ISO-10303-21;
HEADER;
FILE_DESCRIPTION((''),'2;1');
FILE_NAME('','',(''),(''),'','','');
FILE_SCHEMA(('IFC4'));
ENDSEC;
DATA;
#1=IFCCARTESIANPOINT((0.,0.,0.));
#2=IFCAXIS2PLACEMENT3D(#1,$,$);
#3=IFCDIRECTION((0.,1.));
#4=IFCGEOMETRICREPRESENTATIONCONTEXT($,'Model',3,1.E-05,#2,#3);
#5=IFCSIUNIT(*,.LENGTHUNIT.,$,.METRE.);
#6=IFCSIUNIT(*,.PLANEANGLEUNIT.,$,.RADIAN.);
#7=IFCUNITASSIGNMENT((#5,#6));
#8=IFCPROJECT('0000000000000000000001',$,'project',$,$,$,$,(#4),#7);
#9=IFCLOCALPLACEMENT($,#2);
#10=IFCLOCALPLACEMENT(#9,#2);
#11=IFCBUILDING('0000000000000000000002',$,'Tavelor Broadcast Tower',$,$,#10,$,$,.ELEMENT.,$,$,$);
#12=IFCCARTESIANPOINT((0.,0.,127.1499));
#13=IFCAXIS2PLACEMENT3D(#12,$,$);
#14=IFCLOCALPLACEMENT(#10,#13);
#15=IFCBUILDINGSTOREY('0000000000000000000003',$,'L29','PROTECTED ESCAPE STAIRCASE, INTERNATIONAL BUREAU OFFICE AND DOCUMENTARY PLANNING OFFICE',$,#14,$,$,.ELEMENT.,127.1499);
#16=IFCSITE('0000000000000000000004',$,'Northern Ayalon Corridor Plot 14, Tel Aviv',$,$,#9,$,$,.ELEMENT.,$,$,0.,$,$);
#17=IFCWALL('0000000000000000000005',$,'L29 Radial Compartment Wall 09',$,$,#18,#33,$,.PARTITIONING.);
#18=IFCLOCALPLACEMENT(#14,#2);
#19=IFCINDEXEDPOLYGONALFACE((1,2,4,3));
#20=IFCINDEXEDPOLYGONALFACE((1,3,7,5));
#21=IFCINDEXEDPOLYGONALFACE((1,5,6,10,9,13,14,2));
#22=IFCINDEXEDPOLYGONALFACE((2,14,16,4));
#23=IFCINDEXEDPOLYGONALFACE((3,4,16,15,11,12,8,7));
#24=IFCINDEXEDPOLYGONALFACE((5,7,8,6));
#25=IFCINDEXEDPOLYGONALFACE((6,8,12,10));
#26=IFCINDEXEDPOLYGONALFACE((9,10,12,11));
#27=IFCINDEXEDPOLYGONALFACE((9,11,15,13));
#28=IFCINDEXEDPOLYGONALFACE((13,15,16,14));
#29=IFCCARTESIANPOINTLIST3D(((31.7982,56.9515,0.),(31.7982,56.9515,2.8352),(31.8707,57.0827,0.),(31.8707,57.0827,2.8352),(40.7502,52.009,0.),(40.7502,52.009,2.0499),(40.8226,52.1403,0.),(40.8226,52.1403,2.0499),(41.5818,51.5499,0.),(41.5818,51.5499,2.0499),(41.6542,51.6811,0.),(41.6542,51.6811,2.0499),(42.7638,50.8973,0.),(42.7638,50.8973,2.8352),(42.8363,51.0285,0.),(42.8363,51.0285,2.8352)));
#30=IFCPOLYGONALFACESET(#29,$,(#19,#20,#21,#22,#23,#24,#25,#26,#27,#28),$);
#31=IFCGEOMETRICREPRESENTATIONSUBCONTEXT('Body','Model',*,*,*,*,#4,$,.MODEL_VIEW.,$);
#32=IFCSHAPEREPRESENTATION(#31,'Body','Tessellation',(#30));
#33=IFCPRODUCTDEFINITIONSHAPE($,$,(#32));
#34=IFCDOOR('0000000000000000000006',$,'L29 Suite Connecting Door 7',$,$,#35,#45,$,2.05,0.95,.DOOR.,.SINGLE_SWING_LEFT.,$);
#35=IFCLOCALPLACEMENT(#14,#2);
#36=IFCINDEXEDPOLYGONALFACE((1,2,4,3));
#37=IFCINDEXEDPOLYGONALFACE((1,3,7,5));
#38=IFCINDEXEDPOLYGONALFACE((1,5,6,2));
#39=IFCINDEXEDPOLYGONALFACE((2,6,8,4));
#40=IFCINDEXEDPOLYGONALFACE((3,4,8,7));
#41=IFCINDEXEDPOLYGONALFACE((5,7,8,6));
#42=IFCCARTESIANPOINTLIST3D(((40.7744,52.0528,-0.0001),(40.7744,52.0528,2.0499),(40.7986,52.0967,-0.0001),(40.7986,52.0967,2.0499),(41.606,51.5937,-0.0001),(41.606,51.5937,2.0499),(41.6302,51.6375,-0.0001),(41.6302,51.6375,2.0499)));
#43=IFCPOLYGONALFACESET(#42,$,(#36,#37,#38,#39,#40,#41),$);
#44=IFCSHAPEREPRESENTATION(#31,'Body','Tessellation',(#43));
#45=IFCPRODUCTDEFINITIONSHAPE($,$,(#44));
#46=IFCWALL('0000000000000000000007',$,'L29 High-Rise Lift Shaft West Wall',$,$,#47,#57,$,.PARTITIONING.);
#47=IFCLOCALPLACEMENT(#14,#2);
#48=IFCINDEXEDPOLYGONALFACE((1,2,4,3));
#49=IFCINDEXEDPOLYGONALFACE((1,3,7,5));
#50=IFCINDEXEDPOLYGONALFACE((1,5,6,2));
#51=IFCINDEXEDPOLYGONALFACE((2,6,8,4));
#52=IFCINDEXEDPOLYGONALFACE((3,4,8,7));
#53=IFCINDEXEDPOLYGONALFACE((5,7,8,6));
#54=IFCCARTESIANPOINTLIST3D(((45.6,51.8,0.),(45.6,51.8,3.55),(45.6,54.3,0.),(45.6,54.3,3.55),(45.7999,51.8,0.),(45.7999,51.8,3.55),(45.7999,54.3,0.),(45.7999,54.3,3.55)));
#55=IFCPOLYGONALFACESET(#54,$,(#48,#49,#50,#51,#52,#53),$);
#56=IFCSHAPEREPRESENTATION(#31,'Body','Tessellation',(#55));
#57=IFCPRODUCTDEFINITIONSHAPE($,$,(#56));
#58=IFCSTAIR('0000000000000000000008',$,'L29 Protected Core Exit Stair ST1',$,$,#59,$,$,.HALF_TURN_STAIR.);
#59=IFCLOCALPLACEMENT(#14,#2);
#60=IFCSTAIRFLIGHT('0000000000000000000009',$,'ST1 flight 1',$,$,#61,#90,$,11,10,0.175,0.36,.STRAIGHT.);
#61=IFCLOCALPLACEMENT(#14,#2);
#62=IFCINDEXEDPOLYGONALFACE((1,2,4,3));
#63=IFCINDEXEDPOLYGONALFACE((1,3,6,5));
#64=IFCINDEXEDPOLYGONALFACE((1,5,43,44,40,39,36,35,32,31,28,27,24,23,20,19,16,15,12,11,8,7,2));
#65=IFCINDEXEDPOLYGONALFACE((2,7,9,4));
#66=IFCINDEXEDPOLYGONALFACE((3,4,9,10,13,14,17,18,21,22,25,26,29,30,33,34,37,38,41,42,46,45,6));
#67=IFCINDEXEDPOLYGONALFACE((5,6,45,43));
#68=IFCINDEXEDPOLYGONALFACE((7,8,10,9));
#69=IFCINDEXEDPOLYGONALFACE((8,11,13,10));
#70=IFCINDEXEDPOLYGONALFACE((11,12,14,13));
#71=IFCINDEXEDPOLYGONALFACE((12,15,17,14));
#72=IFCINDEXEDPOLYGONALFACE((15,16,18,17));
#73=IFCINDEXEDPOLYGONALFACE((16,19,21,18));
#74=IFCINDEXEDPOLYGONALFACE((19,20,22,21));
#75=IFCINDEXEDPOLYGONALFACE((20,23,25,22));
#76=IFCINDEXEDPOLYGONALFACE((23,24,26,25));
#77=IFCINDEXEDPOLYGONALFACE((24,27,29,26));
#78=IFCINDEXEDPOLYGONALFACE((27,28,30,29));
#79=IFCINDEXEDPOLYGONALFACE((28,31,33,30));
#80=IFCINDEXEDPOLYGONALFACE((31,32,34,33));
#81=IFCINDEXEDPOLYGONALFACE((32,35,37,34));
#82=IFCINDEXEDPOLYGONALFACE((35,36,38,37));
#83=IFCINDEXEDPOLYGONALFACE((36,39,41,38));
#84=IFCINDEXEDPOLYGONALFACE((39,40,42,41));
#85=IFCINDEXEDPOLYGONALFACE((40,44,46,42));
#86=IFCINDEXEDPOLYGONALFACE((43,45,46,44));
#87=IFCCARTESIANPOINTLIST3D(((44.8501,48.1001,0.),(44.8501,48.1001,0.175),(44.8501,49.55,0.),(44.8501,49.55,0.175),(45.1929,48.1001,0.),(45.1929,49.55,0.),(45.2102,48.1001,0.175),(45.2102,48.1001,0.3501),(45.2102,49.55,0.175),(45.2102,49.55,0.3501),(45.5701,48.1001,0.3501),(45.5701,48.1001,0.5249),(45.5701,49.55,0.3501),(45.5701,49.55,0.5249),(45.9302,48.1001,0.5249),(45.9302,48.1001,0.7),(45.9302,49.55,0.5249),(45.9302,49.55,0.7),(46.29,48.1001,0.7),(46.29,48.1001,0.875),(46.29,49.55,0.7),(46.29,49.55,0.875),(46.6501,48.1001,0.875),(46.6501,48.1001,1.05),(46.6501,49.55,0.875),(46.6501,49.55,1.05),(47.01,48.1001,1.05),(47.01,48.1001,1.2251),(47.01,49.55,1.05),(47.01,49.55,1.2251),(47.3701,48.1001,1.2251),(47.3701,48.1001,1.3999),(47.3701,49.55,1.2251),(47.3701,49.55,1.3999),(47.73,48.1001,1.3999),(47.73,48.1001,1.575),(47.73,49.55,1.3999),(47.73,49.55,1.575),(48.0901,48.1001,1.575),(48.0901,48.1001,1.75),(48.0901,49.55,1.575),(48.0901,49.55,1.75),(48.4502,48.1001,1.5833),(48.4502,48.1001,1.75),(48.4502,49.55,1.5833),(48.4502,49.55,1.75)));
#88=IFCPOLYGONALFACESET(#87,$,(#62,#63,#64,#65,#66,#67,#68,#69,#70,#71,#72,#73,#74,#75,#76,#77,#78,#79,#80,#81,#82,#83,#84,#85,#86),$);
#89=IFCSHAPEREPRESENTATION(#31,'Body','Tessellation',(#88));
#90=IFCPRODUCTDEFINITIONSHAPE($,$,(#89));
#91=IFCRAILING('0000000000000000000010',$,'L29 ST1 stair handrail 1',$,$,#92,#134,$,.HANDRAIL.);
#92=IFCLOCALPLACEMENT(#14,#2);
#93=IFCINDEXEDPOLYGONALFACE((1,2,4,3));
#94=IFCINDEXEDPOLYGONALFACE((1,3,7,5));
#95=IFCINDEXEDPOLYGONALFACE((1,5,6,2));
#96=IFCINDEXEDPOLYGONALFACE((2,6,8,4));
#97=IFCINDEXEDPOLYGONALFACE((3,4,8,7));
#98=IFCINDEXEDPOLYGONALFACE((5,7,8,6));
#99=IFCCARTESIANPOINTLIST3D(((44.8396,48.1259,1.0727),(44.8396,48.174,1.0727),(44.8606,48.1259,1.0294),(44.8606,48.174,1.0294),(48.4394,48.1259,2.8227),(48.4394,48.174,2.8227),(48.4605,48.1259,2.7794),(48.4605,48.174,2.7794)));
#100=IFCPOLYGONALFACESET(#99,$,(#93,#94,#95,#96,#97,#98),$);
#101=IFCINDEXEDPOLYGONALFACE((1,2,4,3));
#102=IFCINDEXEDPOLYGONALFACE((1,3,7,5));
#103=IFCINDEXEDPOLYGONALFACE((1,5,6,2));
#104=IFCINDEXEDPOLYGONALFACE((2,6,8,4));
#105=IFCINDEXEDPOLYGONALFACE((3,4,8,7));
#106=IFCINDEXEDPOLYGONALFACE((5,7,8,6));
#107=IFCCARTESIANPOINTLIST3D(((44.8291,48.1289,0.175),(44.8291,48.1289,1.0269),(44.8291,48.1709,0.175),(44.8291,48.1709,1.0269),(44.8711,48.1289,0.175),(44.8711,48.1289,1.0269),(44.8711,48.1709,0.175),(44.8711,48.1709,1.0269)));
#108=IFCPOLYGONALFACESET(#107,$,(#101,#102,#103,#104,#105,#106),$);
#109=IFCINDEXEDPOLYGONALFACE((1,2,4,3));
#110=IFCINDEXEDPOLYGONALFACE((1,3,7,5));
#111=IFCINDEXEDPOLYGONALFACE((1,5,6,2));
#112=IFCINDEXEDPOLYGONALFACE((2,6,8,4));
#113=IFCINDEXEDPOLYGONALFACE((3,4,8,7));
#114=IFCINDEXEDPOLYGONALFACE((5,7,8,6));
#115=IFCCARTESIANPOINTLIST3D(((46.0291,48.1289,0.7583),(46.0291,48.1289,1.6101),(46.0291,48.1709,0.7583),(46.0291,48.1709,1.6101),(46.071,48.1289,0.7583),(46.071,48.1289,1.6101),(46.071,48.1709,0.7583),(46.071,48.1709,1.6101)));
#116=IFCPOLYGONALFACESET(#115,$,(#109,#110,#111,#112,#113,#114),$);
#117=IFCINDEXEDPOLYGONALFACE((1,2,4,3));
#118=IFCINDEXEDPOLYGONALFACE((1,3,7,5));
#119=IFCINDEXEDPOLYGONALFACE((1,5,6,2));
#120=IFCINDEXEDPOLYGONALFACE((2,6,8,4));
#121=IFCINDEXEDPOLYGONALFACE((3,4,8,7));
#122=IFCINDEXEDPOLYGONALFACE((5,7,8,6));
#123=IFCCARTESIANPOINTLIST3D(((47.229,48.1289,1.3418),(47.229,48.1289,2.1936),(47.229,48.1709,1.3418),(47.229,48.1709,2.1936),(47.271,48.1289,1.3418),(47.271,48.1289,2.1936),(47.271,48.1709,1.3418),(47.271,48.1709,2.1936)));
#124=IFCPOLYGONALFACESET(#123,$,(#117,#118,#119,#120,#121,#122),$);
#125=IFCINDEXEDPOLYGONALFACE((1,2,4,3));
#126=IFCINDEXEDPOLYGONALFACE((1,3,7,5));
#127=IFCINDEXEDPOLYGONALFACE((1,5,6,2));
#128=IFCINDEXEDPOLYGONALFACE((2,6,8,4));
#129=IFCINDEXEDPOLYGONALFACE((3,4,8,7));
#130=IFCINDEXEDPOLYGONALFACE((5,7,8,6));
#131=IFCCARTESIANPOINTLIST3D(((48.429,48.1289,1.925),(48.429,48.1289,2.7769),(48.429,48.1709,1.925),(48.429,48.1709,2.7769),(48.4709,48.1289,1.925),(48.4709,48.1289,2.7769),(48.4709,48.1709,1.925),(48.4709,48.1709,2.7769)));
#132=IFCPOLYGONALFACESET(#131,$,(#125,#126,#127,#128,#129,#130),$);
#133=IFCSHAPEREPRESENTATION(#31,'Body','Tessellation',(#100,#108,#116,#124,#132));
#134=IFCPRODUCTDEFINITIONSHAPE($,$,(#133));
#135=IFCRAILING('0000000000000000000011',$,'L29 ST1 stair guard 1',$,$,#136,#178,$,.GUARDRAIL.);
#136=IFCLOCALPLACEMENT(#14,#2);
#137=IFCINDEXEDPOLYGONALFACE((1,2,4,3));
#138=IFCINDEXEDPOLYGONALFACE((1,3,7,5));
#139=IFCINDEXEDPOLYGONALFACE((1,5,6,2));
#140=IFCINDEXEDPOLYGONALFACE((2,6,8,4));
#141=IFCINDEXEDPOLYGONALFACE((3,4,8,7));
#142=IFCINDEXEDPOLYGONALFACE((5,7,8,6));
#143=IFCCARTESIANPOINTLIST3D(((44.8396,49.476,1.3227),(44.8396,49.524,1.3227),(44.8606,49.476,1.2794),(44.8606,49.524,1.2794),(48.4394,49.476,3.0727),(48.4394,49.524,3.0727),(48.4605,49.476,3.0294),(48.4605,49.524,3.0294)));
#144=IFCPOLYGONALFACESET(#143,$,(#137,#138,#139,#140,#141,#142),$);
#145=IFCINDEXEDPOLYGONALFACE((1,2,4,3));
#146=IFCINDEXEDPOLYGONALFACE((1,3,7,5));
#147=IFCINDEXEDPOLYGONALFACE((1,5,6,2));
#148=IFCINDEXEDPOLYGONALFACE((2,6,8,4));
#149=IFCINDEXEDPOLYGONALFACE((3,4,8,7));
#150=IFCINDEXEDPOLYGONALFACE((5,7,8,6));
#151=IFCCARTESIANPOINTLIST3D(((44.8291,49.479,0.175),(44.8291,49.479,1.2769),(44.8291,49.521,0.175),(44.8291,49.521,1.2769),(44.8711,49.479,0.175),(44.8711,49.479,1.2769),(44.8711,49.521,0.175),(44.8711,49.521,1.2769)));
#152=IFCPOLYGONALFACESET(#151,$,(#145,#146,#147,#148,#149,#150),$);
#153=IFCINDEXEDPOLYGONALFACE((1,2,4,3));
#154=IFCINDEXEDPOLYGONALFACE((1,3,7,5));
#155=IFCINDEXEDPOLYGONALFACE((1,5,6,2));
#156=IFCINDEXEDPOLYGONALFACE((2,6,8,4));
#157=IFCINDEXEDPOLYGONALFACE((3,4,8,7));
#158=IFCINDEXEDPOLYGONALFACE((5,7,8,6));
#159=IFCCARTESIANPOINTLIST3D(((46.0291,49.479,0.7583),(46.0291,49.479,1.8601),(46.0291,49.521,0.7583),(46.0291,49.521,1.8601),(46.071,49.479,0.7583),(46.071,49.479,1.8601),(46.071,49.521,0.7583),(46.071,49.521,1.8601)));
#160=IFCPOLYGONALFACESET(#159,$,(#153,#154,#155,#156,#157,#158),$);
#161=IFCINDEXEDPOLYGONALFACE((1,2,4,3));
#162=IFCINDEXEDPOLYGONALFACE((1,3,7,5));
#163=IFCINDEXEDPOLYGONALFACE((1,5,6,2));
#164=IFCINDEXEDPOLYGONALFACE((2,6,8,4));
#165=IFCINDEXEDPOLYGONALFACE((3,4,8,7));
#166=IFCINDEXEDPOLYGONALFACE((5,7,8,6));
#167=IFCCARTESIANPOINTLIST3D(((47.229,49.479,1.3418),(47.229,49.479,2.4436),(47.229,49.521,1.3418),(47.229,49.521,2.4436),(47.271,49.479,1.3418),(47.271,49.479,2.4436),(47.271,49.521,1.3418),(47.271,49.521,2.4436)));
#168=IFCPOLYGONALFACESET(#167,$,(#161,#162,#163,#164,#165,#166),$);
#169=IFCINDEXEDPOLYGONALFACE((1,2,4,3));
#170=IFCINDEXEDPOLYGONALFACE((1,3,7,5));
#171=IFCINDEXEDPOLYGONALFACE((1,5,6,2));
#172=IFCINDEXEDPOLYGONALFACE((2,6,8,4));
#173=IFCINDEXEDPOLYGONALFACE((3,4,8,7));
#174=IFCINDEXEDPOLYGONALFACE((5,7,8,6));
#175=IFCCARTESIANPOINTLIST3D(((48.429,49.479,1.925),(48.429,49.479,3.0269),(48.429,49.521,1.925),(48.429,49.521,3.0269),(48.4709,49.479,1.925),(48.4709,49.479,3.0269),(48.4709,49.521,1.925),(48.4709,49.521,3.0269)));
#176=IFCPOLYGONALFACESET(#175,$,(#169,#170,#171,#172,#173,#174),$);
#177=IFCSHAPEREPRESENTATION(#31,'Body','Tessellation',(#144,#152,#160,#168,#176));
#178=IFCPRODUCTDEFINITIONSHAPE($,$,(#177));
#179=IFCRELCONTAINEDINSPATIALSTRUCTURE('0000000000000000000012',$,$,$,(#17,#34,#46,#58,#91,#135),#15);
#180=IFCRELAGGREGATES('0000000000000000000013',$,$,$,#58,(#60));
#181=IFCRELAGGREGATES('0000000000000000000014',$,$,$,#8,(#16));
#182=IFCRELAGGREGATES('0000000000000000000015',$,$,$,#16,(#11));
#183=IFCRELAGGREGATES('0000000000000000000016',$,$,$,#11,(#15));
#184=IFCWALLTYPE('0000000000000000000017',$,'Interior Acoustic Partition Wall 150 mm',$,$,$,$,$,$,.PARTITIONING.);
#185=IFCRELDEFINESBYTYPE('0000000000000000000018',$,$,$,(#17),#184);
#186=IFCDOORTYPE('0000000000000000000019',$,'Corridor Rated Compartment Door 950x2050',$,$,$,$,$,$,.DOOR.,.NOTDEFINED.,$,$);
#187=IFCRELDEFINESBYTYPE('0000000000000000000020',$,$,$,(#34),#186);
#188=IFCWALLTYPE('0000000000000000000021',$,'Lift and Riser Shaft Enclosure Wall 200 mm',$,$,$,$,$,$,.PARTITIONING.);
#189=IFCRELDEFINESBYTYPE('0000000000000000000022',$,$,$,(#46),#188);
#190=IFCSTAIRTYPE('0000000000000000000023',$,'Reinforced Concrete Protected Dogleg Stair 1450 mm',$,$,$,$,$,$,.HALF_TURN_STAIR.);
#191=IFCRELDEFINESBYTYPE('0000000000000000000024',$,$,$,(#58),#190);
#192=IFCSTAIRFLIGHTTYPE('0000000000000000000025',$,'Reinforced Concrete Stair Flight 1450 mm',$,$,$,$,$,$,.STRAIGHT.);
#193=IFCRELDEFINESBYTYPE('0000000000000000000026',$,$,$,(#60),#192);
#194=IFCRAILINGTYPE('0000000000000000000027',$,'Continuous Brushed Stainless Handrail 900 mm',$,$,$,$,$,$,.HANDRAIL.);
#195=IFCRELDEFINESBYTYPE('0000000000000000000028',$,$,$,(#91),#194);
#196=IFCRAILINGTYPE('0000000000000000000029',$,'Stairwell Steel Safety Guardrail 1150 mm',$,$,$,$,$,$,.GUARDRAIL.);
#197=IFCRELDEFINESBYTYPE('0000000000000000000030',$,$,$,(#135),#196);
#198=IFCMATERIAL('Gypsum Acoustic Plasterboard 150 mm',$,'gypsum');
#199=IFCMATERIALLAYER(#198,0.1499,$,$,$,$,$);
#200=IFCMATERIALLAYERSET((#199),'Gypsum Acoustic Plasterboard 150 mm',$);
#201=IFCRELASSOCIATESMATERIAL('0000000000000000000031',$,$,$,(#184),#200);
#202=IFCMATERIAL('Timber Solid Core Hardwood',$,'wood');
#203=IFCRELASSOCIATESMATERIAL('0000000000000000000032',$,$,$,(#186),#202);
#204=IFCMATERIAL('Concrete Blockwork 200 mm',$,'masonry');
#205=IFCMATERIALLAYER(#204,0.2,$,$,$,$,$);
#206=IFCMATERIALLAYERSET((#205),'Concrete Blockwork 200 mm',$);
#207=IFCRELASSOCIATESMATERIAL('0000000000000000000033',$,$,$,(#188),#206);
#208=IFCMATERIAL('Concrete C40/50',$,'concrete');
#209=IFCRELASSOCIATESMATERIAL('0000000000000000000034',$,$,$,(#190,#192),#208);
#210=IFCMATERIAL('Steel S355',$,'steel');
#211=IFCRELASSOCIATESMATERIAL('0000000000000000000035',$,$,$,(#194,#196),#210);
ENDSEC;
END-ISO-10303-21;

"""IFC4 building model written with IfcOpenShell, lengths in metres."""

from ifc_helpers import new_model, si_unit, direction, frame, frame_2d, origin, origin_2d, place, context, subcontext, project, spatial, polyline, rectangle, outline, extrude, material, layer, layer_set, type_object, element, fill, aggregate, save


model = new_model("IFC4")

# Units and contexts
model_context = context("Model", 3, precision=1e-05, world=origin(), true_north=direction((0.0, 1.0)))
body_context = subcontext(model_context, "Body", "Model", "MODEL_VIEW")
ifc_project = project(units=[si_unit("LENGTHUNIT", "METRE"), si_unit("PLANEANGLEUNIT", "RADIAN")], contexts=[model_context])

# Site, building, storey
site_placement = place(None, origin())
site = spatial("IfcSite", under=ifc_project, at=site_placement, Name="Northern Ayalon Corridor Plot 14, Tel Aviv", CompositionType="ELEMENT", RefElevation=0.0)
building_placement = place(site_placement, origin())
building = spatial("IfcBuilding", under=site, at=building_placement, Name="Tavelor Broadcast Tower", CompositionType="ELEMENT")
storey_placement = place(building_placement, frame((0.0, 0.0, 127.1499)))
storey = spatial("IfcBuildingStorey", under=building, at=storey_placement, Name="L29", Description="PROTECTED ESCAPE STAIRCASE, INTERNATIONAL BUREAU OFFICE AND DOCUMENTARY PLANNING OFFICE", CompositionType="ELEMENT", Elevation=127.1499)

# Shared definitions
ifc_material_1 = material(Name="Steel S355", Category="steel")

# Wall, opening, door
ifc_material_2 = material(Name="Gypsum Acoustic Plasterboard 150 mm", Category="gypsum")
ifc_layer_1 = layer(ifc_material_2, 0.1499)
ifc_layer_set_1 = layer_set([ifc_layer_1], Name="Gypsum Acoustic Plasterboard 150 mm")
wall_type_1 = type_object("IfcWallType", Name="Interior Acoustic Partition Wall 150 mm", PredefinedType="PARTITIONING", material=ifc_layer_set_1)
wall_1_placement = place(storey_placement, frame((42.8, 50.9629, 0.0), z_axis=(0.0, 0.0, 1.0), x_axis=(-0.875435, 0.483336, 0.0)))
wall_1 = element("IfcWall", 1, at=wall_1_placement, inside=storey, type_object=wall_type_1, Name="L29 Radial Compartment Wall 09", PredefinedType="PARTITIONING", context=body_context, shape_type="SweptSolid", body=[
    extrude(rectangle(XDim=12.5259, YDim=0.1499, at=frame_2d((6.2629, 0.0))), origin(), (0.0, 0.0, 1.0), 2.8352),
])
opening_1_placement = place(wall_1_placement, frame((1.3501, 0.0, 0.0)))
opening_1 = element("IfcOpeningElement", 2, at=opening_1_placement, cuts=wall_1, PredefinedType="OPENING", context=body_context, shape_type="SweptSolid", body=[
    extrude(rectangle(XDim=0.95, YDim=2.05, at=frame_2d((0.4751, 1.0249))), frame((0.0, 0.085, 0.0), z_axis=(0.0, -1.0, 0.0), x_axis=(1.0, 0.0, 0.0)), (0.0, 0.0, 1.0), 0.1699),
])
ifc_material_3 = material(Name="Timber Solid Core Hardwood", Category="wood")
door_type_1 = type_object("IfcDoorType", Name="Corridor Rated Compartment Door 950x2050", OperationType="NOTDEFINED", PredefinedType="DOOR", material=ifc_material_3)
door_1_placement = place(opening_1_placement, origin())
door_1 = element("IfcDoor", 3, at=door_1_placement, inside=storey, type_object=door_type_1, Name="L29 Suite Connecting Door 7", OperationType="SINGLE_SWING_LEFT", OverallHeight=2.05, OverallWidth=0.95, PredefinedType="DOOR", context=body_context, shape_type="SweptSolid", body=[
    extrude(rectangle(XDim=0.95, YDim=2.05, at=frame_2d((0.4751, 1.0249))), frame((0.0, 0.0249, 0.0), z_axis=(0.0, -1.0, 0.0), x_axis=(1.0, 0.0, 0.0)), (0.0, 0.0, 1.0), 0.05),
])
fill(opening_1, door_1)

# Wall
ifc_material_4 = material(Name="Concrete Blockwork 200 mm", Category="masonry")
ifc_layer_2 = layer(ifc_material_4, 0.2)
ifc_layer_set_2 = layer_set([ifc_layer_2], Name="Concrete Blockwork 200 mm")
wall_type_2 = type_object("IfcWallType", Name="Lift and Riser Shaft Enclosure Wall 200 mm", PredefinedType="PARTITIONING", material=ifc_layer_set_2)
wall_2_placement = place(storey_placement, frame((45.7, 51.8, 0.0), z_axis=(0.0, 0.0, 1.0), x_axis=(0.0, 1.0, 0.0)))
element("IfcWall", 4, at=wall_2_placement, inside=storey, type_object=wall_type_2, Name="L29 High-Rise Lift Shaft West Wall", PredefinedType="PARTITIONING", context=body_context, shape_type="SweptSolid", body=[
    extrude(rectangle(XDim=2.5, YDim=0.2, at=frame_2d((1.25, 0.0))), origin(), (0.0, 0.0, 1.0), 3.55),
])

# Stair, stair flight
ifc_material_5 = material(Name="Concrete C40/50", Category="concrete")
stair_type = type_object("IfcStairType", Name="Reinforced Concrete Protected Dogleg Stair 1450 mm", PredefinedType="HALF_TURN_STAIR", material=ifc_material_5)
stair_placement = place(storey_placement, origin())
stair = element("IfcStair", 5, at=stair_placement, inside=storey, type_object=stair_type, Name="L29 Protected Core Exit Stair ST1", PredefinedType="HALF_TURN_STAIR")
stair_flight_type = type_object("IfcStairFlightType", Name="Reinforced Concrete Stair Flight 1450 mm", PredefinedType="STRAIGHT", material=ifc_material_5)
stair_flight_placement = place(storey_placement, frame((44.8501, 48.825, 0.0), z_axis=(0.0, 0.0, 1.0), x_axis=(1.0, 0.0, 0.0)))
stair_flight = element("IfcStairFlight", 6, at=stair_flight_placement, type_object=stair_flight_type, Name="ST1 flight 1", NumberOfRisers=11, NumberOfTreads=10, PredefinedType="STRAIGHT", RiserHeight=0.175, TreadLength=0.36, context=body_context, shape_type="SweptSolid", body=[
    extrude(outline(polyline([(0.0, 0.0), (0.0, 0.175), (0.3601, 0.175), (0.3601, 0.3501), (0.72, 0.3501), (0.72, 0.5249), (1.0801, 0.5249), (1.0801, 0.7), (1.4399, 0.7), (1.4399, 0.875), (1.8, 0.875), (1.8, 1.05), (2.1599, 1.05), (2.1599, 1.2251), (2.52, 1.2251), (2.52, 1.3999), (2.8799, 1.3999), (2.8799, 1.575), (3.24, 1.575), (3.24, 1.75), (3.6001, 1.75), (3.6001, 1.925), (3.6001, 1.5833), (0.3428, 0.0), (0.0, 0.0)])), frame((0.0, 0.7251, 0.0), z_axis=(0.0, -1.0, 0.0), x_axis=(1.0, 0.0, 0.0)), (0.0, 0.0, 1.0), 1.45),
])
aggregate(stair, [stair_flight])

# Railings
railing_type_1 = type_object("IfcRailingType", Name="Continuous Brushed Stainless Handrail 900 mm", PredefinedType="HANDRAIL", material=ifc_material_1)
railing_1_placement = place(storey_placement, frame((44.8501, 48.1499, 0.175)))
element("IfcRailing", 7, at=railing_1_placement, inside=storey, type_object=railing_type_1, Name="L29 ST1 stair handrail 1", PredefinedType="HANDRAIL", context=body_context, shape_type="SweptSolid", body=[
    extrude(rectangle(XDim=0.0481, YDim=0.0481, at=origin_2d()), frame((0.0, 0.0, 0.876), z_axis=(0.899361, 0.0, 0.437207), x_axis=(0.0, 1.0, 0.0)), (0.0, 0.0, 1.0), 4.0027),
    extrude(rectangle(XDim=0.042, YDim=0.042, at=origin_2d()), origin(), (0.0, 0.0, 1.0), 0.8518),
    extrude(rectangle(XDim=0.042, YDim=0.042, at=origin_2d()), frame((1.2, 0.0, 0.5833)), (0.0, 0.0, 1.0), 0.8518),
    extrude(rectangle(XDim=0.042, YDim=0.042, at=origin_2d()), frame((2.3999, 0.0, 1.1667)), (0.0, 0.0, 1.0), 0.8518),
    extrude(rectangle(XDim=0.042, YDim=0.042, at=origin_2d()), frame((3.5999, 0.0, 1.75)), (0.0, 0.0, 1.0), 0.8518),
])
railing_type_2 = type_object("IfcRailingType", Name="Stairwell Steel Safety Guardrail 1150 mm", PredefinedType="GUARDRAIL", material=ifc_material_1)
railing_2_placement = place(storey_placement, frame((44.8501, 49.5, 0.175)))
element("IfcRailing", 8, at=railing_2_placement, inside=storey, type_object=railing_type_2, Name="L29 ST1 stair guard 1", PredefinedType="GUARDRAIL", context=body_context, shape_type="SweptSolid", body=[
    extrude(rectangle(XDim=0.0481, YDim=0.0481, at=origin_2d()), frame((0.0, 0.0, 1.126), z_axis=(0.899361, 0.0, 0.437207), x_axis=(0.0, 1.0, 0.0)), (0.0, 0.0, 1.0), 4.0027),
    extrude(rectangle(XDim=0.042, YDim=0.042, at=origin_2d()), origin(), (0.0, 0.0, 1.0), 1.1018),
    extrude(rectangle(XDim=0.042, YDim=0.042, at=origin_2d()), frame((1.2, 0.0, 0.5833)), (0.0, 0.0, 1.0), 1.1018),
    extrude(rectangle(XDim=0.042, YDim=0.042, at=origin_2d()), frame((2.3999, 0.0, 1.1667)), (0.0, 0.0, 1.0), 1.1018),
    extrude(rectangle(XDim=0.042, YDim=0.042, at=origin_2d()), frame((3.5999, 0.0, 1.75)), (0.0, 0.0, 1.0), 1.1018),
])

save(model, "model.ifc")
